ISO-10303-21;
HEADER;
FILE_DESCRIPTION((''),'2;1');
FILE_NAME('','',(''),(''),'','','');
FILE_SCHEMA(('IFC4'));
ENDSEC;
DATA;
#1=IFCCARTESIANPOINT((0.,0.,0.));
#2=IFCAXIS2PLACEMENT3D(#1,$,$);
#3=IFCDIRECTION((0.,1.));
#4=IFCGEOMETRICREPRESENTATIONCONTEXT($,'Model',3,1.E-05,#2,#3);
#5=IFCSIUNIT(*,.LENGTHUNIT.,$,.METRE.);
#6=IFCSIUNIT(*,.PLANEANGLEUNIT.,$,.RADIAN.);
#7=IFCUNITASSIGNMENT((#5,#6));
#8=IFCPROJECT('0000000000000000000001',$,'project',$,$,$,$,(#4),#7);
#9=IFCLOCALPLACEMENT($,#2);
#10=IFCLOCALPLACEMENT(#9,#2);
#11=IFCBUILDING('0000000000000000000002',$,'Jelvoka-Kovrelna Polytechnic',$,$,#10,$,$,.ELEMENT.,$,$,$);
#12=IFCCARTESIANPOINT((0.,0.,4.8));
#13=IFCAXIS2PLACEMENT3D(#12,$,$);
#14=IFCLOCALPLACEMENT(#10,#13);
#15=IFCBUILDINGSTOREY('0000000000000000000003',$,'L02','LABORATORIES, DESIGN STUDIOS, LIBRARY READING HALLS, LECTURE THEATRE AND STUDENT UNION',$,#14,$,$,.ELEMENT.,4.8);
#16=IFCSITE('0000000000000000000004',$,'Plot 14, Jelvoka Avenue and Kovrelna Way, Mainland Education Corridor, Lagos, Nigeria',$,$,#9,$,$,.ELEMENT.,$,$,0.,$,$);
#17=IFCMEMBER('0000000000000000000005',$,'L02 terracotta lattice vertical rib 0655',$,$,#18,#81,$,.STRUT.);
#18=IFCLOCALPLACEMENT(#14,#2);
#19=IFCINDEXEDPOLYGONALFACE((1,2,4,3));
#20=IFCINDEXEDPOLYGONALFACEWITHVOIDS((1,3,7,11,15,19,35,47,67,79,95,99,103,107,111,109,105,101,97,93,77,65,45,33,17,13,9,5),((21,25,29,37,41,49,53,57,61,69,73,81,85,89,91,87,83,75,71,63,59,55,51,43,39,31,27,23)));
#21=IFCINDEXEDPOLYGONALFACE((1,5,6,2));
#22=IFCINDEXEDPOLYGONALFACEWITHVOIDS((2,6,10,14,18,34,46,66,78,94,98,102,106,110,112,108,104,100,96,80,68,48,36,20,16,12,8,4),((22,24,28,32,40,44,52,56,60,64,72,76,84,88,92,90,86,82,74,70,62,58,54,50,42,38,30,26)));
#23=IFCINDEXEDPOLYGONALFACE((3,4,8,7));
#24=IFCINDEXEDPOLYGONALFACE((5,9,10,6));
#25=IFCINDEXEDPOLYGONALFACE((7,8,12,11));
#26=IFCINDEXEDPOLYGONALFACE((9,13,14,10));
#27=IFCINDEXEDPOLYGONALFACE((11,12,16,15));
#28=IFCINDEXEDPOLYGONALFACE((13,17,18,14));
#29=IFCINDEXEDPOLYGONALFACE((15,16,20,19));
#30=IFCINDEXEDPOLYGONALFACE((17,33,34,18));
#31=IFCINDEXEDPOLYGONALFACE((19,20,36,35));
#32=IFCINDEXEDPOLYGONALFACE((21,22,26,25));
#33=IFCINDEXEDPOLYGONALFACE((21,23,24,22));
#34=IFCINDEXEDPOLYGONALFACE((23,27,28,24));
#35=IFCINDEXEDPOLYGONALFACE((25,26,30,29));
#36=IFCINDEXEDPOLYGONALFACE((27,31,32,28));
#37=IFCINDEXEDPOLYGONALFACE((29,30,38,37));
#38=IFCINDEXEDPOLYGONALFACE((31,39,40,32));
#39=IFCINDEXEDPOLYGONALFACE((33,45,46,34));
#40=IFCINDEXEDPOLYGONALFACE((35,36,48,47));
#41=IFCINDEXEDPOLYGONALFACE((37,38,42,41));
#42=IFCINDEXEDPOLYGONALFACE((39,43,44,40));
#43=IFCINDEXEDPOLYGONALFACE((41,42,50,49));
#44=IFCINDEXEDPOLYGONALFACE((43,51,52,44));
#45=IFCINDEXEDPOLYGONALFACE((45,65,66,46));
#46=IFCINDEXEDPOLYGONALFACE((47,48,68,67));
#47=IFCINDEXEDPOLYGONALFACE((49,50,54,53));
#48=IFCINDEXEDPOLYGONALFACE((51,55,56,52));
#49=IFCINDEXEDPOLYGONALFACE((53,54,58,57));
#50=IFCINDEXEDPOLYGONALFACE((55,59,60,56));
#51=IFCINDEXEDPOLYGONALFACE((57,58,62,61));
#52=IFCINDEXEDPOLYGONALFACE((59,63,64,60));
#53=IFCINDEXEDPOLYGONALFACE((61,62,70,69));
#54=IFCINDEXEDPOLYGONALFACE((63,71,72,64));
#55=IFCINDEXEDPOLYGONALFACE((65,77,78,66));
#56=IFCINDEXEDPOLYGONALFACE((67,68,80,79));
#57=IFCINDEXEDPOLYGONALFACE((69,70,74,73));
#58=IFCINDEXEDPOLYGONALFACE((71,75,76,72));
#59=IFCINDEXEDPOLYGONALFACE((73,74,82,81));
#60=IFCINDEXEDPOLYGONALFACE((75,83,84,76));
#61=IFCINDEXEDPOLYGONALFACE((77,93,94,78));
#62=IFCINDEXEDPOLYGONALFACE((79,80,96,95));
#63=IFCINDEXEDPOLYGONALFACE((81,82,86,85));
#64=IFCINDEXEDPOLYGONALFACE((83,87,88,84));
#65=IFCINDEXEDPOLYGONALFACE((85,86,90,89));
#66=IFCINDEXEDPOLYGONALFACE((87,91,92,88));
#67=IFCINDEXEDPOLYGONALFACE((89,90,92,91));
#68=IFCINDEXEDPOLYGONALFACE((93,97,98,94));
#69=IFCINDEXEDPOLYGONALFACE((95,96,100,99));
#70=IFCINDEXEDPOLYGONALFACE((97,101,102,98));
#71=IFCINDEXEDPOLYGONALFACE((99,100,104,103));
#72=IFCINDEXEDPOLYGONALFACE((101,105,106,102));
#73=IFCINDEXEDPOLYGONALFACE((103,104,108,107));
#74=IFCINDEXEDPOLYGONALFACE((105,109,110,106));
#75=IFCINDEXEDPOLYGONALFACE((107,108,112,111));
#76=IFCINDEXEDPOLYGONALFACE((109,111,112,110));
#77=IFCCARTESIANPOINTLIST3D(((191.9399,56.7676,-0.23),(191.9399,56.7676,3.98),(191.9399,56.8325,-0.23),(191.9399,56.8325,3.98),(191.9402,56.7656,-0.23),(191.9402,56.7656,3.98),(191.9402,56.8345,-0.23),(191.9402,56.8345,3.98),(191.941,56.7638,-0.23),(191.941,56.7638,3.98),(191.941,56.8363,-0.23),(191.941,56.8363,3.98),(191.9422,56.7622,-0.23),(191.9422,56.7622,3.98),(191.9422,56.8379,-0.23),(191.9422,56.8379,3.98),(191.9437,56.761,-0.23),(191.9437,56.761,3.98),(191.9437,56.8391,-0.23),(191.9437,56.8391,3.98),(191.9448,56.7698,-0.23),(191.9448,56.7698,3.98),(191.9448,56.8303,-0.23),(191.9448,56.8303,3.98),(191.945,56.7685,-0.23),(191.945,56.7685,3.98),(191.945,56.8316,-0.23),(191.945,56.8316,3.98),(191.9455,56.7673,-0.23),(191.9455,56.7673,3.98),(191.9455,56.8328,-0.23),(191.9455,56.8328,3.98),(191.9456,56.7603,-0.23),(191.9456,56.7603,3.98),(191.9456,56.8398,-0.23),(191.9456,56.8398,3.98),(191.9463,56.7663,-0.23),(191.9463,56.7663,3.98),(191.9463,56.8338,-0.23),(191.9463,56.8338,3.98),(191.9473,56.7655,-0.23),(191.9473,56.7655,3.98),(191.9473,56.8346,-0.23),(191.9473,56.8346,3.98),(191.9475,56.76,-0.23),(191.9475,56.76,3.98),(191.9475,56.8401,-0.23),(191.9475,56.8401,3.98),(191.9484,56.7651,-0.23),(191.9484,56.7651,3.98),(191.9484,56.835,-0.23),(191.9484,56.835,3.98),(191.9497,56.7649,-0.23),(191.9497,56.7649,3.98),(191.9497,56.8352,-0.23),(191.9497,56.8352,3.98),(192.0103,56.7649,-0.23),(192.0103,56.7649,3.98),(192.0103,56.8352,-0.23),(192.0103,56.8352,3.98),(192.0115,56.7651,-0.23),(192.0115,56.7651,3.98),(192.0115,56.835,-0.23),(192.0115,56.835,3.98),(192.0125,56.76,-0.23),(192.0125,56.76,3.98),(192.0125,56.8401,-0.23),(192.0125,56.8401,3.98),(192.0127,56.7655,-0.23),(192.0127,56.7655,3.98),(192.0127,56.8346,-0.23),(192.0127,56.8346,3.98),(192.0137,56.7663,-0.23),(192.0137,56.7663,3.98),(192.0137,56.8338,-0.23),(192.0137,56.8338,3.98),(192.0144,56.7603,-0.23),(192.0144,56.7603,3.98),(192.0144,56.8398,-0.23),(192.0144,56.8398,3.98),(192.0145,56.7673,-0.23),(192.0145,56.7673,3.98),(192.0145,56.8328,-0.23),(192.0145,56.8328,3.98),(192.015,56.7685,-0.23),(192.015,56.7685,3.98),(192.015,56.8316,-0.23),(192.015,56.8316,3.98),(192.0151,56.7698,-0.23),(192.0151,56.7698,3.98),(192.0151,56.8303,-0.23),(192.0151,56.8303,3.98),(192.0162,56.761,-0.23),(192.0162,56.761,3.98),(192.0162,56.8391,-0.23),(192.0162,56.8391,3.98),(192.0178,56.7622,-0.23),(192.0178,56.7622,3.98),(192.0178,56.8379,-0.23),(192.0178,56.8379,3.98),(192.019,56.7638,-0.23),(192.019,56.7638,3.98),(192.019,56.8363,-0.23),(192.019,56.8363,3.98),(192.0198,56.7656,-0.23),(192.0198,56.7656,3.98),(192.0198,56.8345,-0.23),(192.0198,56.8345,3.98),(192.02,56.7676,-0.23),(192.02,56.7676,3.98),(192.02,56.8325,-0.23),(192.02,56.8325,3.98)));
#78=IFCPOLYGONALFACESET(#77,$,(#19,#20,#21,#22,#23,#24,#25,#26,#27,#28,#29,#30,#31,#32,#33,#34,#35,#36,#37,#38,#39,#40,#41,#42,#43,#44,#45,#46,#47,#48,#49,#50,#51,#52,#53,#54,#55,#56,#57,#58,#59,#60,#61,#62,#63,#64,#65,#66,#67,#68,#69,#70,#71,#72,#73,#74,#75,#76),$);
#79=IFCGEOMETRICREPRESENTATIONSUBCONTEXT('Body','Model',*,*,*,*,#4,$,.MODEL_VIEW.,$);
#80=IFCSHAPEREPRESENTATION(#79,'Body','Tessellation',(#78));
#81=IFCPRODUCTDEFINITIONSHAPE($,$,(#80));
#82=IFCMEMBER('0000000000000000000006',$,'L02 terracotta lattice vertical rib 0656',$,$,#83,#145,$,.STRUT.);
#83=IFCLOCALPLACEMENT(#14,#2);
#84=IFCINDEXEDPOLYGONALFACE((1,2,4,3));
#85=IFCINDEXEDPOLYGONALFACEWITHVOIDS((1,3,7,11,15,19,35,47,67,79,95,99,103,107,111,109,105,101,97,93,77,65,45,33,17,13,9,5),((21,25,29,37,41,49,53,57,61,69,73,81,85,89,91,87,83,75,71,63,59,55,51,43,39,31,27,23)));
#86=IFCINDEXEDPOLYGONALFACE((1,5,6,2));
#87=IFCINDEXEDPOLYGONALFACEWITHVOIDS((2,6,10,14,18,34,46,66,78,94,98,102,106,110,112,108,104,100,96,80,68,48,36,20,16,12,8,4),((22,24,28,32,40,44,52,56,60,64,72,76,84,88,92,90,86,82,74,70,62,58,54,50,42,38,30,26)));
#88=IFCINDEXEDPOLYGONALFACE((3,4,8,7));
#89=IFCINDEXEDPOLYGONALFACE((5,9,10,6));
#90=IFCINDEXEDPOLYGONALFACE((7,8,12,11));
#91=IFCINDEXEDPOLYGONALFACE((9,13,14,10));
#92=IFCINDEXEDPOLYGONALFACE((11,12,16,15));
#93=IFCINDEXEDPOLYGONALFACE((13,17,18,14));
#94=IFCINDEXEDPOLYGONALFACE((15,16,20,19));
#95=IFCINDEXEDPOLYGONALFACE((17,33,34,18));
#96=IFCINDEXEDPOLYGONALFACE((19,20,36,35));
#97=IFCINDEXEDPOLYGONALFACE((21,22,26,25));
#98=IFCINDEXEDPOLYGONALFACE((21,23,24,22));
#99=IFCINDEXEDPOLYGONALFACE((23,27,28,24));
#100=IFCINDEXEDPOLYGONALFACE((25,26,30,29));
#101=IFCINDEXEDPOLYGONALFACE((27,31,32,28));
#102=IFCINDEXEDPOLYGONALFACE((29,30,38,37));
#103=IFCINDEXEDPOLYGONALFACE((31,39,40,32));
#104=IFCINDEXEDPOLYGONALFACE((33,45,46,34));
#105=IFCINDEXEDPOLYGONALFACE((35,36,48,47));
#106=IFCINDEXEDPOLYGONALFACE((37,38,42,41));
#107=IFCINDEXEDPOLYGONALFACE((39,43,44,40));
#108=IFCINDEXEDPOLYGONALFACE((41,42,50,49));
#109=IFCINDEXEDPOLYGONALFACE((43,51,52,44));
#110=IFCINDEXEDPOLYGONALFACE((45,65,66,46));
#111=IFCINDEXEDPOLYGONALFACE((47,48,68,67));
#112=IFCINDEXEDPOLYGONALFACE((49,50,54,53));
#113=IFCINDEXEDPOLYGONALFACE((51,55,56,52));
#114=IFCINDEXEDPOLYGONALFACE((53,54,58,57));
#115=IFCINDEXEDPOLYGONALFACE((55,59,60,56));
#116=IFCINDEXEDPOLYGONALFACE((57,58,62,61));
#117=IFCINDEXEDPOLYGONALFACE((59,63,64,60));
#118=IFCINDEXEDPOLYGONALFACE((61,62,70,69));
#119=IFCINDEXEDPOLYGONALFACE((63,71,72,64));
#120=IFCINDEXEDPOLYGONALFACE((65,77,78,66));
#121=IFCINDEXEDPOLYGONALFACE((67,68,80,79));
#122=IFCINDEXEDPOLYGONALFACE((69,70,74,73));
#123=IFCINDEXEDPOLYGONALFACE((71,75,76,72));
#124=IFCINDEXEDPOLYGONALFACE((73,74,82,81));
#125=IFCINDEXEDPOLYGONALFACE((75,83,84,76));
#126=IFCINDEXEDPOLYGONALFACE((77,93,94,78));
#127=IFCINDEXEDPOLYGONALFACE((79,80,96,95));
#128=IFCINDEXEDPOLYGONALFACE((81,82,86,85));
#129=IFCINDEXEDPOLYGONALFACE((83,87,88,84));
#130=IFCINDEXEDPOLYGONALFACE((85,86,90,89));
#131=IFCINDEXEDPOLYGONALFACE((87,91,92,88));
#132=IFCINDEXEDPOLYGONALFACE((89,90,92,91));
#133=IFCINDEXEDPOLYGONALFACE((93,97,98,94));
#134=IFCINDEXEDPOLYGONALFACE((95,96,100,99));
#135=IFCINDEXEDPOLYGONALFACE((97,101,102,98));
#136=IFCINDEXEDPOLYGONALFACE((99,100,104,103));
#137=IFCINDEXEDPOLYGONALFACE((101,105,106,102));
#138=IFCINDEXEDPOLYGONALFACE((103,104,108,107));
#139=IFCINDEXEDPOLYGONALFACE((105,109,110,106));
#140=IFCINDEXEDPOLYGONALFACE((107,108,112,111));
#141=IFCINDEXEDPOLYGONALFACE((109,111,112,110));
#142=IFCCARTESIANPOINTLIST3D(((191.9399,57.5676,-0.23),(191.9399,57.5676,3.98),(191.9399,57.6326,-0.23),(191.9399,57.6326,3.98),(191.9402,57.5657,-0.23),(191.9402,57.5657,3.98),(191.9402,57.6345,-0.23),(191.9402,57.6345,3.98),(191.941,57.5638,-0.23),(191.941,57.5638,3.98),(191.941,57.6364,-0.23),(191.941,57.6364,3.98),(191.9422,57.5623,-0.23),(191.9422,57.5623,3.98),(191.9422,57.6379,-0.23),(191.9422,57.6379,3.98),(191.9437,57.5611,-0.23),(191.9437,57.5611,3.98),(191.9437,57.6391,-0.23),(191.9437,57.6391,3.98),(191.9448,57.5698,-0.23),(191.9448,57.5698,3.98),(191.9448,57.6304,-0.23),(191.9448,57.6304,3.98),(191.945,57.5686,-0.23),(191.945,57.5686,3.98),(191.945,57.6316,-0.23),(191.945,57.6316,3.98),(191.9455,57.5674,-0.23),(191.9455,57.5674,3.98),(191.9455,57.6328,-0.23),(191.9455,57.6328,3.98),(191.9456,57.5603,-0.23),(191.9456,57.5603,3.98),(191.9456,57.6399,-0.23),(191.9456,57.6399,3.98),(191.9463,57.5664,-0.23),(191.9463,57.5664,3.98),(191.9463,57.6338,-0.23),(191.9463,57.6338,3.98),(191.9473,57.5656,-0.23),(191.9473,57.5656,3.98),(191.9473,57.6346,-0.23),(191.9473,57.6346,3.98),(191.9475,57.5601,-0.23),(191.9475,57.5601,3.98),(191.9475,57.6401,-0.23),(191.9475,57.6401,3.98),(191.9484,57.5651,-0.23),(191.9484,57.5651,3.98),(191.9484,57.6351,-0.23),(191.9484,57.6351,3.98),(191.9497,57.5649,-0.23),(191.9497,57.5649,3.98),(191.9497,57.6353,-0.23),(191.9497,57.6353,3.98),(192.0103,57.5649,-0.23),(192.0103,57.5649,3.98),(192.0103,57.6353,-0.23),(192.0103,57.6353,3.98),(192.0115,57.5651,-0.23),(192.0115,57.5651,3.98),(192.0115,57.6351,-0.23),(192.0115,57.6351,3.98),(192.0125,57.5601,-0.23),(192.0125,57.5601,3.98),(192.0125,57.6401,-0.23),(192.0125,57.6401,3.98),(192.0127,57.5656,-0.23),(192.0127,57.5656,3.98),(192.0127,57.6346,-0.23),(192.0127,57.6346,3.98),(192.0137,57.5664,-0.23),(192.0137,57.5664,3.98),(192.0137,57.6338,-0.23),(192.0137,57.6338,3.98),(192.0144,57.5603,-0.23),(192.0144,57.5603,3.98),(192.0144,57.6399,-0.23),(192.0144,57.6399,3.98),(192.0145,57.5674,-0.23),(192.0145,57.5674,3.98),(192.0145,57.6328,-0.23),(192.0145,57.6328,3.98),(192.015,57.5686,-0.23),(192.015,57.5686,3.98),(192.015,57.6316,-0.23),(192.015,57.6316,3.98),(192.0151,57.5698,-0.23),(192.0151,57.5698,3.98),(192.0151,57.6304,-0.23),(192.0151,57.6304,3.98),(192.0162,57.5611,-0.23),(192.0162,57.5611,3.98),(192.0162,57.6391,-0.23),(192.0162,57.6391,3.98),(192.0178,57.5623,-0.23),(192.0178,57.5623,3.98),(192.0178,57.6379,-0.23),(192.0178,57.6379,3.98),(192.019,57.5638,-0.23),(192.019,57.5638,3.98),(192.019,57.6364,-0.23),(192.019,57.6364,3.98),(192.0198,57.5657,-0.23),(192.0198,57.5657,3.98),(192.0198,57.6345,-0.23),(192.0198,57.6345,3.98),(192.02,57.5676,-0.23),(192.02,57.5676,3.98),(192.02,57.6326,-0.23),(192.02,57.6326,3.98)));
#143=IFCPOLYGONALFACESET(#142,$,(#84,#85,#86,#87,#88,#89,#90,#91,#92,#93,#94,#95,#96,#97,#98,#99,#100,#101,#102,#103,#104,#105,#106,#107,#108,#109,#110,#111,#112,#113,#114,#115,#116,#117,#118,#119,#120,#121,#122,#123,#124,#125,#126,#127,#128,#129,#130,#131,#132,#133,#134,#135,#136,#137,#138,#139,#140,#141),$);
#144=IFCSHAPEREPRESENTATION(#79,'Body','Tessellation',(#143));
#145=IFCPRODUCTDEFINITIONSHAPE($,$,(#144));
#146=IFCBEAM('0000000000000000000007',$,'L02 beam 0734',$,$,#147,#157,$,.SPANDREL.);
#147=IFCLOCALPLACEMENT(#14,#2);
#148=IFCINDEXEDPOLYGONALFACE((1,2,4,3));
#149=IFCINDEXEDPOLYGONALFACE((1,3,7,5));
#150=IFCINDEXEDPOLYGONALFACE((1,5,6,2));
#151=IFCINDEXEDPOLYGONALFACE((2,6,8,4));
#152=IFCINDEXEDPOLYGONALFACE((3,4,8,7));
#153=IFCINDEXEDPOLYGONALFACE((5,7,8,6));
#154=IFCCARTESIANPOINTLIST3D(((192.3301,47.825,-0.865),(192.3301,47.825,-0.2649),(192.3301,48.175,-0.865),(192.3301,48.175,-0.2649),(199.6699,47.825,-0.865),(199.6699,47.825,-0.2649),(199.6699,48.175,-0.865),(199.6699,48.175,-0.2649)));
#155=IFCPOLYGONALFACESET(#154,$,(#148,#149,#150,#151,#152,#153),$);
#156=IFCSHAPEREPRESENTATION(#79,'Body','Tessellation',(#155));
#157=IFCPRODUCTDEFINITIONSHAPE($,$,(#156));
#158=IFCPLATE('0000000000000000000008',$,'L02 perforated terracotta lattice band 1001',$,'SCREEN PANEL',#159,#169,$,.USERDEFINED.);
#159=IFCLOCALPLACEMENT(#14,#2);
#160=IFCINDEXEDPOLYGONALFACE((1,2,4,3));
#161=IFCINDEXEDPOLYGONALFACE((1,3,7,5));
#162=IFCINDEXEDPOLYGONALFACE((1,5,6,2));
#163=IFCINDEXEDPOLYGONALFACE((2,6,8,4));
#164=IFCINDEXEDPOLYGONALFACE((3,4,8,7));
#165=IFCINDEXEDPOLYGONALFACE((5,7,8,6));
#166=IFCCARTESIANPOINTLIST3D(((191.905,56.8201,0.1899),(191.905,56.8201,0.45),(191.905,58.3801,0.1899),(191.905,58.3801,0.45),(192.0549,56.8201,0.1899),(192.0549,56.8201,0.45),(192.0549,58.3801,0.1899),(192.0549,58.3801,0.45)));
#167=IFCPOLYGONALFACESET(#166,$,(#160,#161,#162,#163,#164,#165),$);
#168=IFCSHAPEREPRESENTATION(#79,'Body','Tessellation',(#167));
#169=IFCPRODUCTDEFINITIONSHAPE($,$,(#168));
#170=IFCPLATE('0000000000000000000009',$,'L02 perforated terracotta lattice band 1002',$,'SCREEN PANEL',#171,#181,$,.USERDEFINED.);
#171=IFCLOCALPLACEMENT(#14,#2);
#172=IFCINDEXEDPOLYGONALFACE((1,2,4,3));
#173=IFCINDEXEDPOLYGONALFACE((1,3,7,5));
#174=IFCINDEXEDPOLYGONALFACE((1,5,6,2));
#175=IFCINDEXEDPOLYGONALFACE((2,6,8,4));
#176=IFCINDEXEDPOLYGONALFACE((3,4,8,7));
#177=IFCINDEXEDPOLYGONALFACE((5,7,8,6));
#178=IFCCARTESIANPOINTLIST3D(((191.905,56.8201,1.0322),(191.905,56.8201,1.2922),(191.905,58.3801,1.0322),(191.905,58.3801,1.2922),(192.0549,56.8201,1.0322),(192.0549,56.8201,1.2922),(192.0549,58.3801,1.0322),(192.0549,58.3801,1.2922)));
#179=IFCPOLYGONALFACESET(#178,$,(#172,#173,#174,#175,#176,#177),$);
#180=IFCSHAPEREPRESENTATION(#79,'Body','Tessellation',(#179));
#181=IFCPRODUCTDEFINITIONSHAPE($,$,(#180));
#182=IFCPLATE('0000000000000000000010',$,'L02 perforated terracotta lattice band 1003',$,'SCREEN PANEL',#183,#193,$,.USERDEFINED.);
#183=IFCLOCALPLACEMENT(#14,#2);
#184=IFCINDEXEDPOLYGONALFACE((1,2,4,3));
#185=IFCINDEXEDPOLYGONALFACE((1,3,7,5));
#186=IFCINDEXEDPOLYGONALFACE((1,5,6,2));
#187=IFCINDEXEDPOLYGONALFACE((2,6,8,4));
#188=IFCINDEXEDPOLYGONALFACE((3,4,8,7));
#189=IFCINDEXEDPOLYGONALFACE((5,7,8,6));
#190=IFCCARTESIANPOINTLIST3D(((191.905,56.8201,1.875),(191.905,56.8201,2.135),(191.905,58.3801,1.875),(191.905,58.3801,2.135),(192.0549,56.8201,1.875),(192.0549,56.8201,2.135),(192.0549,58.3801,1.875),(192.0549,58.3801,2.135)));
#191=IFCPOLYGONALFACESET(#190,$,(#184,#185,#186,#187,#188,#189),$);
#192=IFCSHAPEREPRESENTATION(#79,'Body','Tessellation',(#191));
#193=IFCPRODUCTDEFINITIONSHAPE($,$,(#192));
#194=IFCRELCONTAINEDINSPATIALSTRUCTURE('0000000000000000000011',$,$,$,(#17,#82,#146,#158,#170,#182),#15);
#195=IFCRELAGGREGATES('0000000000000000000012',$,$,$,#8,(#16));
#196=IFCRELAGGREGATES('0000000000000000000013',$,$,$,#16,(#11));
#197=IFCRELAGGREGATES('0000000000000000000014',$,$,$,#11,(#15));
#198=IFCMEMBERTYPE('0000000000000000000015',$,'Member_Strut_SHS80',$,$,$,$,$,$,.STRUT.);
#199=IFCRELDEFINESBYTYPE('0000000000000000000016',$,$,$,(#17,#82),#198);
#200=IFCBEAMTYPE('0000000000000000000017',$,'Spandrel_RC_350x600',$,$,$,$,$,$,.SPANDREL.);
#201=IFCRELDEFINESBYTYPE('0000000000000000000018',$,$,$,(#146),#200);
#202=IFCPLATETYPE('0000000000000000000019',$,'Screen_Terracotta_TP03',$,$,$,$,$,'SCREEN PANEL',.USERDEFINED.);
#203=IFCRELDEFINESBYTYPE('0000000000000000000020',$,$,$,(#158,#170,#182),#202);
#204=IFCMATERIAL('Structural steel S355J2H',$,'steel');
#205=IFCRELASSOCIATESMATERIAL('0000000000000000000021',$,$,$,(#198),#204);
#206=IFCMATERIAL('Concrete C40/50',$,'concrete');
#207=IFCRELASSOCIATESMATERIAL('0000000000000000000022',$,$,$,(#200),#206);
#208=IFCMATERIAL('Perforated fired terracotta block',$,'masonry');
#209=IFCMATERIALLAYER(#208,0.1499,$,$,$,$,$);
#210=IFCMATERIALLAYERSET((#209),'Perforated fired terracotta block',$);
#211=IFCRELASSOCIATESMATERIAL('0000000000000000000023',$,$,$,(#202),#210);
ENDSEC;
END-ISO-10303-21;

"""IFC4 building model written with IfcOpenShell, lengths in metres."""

from ifc_helpers import new_model, si_unit, direction, frame, origin, origin_2d, place, context, subcontext, project, spatial, rectangle, hollow_rectangle, extrude, material, layer, layer_set, material_profile, profile_set, type_object, element, save


model = new_model("IFC4")

# Units and contexts
model_context = context("Model", 3, precision=1e-05, world=origin(), true_north=direction((0.0, 1.0)))
body_context = subcontext(model_context, "Body", "Model", "MODEL_VIEW")
ifc_project = project(units=[si_unit("LENGTHUNIT", "METRE"), si_unit("PLANEANGLEUNIT", "RADIAN")], contexts=[model_context])

# Site, building, storey
site_placement = place(None, origin())
site = spatial("IfcSite", under=ifc_project, at=site_placement, Name="Plot 14, Jelvoka Avenue and Kovrelna Way, Mainland Education Corridor, Lagos, Nigeria", CompositionType="ELEMENT", RefElevation=0.0)
building_placement = place(site_placement, origin())
building = spatial("IfcBuilding", under=site, at=building_placement, Name="Jelvoka-Kovrelna Polytechnic", CompositionType="ELEMENT")
storey_placement = place(building_placement, frame((0.0, 0.0, 4.8)))
storey = spatial("IfcBuildingStorey", under=building, at=storey_placement, Name="L02", Description="LABORATORIES, DESIGN STUDIOS, LIBRARY READING HALLS, LECTURE THEATRE AND STUDENT UNION", CompositionType="ELEMENT", Elevation=4.8)

# Members
ifc_material_1 = material(Name="Structural steel S355J2H", Category="steel")
ifc_material_profile_1 = material_profile(ifc_material_1, hollow_rectangle(XDim=0.0801, YDim=0.0801, WallThickness=0.0049, InnerFilletRadius=0.0049, OuterFilletRadius=0.0076, at=origin_2d()), Name="80x80x5.0 SHS")
ifc_profile_set_1 = profile_set([ifc_material_profile_1], Name="Structural steel S355J2H")
member_type_1 = type_object("IfcMemberType", Name="Member_Strut_SHS80", PredefinedType="STRUT", material=ifc_profile_set_1)
for number, where, z_axis, x_axis, name in (
    (1, (191.98, 56.8, -0.23), (0.0, 0.0, 1.0), (1.0, 0.0, 0.0), "L02 terracotta lattice vertical rib 0655"),
    (2, (191.98, 57.6001, -0.23), (0.0, 0.0, 1.0), (1.0, 0.0, 0.0), "L02 terracotta lattice vertical rib 0656"),
):
    element("IfcMember", number, at=place(storey_placement, frame(where, z_axis=z_axis, x_axis=x_axis)), inside=storey, type_object=member_type_1, Name=name, PredefinedType="STRUT", context=body_context, shape_type="SweptSolid", body=[
        extrude(hollow_rectangle(XDim=0.0801, YDim=0.0801, WallThickness=0.0049, InnerFilletRadius=0.0049, OuterFilletRadius=0.0076, at=origin_2d()), origin(), (0.0, 0.0, 1.0), 4.21),
    ])

# Beam
ifc_material_2 = material(Name="Concrete C40/50", Category="concrete")
ifc_material_profile_2 = material_profile(ifc_material_2, rectangle(XDim=0.3501, YDim=0.6001, at=origin_2d()), Name="RC 350x600")
ifc_profile_set_2 = profile_set([ifc_material_profile_2], Name="Concrete C40/50")
beam_type_1 = type_object("IfcBeamType", Name="Spandrel_RC_350x600", PredefinedType="SPANDREL", material=ifc_profile_set_2)
beam_1_placement = place(storey_placement, frame((192.3301, 48.0, -0.5649), z_axis=(1.0, 0.0, 0.0), x_axis=(0.0, 1.0, 0.0)))
element("IfcBeam", 3, at=beam_1_placement, inside=storey, type_object=beam_type_1, Name="L02 beam 0734", PredefinedType="SPANDREL", context=body_context, shape_type="SweptSolid", body=[
    extrude(rectangle(XDim=0.3501, YDim=0.6001, at=origin_2d()), origin(), (0.0, 0.0, 1.0), 7.3398),
])

# Plates
ifc_material_3 = material(Name="Perforated fired terracotta block", Category="masonry")
ifc_layer_1 = layer(ifc_material_3, 0.1499)
ifc_layer_set_1 = layer_set([ifc_layer_1], Name="Perforated fired terracotta block")
plate_type = type_object("IfcPlateType", Name="Screen_Terracotta_TP03", ElementType="SCREEN PANEL", PredefinedType="USERDEFINED", material=ifc_layer_set_1)
for number, where, z_axis, x_axis, name in (
    (4, (191.98, 57.6001, 0.1899), (0.0, 0.0, 1.0), (0.0, 1.0, 0.0), "L02 perforated terracotta lattice band 1001"),
    (5, (191.98, 57.6001, 1.0322), (0.0, 0.0, 1.0), (0.0, 1.0, 0.0), "L02 perforated terracotta lattice band 1002"),
    (6, (191.98, 57.6001, 1.875), (0.0, 0.0, 1.0), (0.0, 1.0, 0.0), "L02 perforated terracotta lattice band 1003"),
):
    element("IfcPlate", number, at=place(storey_placement, frame(where, z_axis=z_axis, x_axis=x_axis)), inside=storey, type_object=plate_type, Name=name, ObjectType="SCREEN PANEL", PredefinedType="USERDEFINED", context=body_context, shape_type="SweptSolid", body=[
        extrude(rectangle(XDim=1.5601, YDim=0.1499, at=origin_2d()), origin(), (0.0, 0.0, 1.0), 0.26),
    ])

save(model, "model.ifc")
